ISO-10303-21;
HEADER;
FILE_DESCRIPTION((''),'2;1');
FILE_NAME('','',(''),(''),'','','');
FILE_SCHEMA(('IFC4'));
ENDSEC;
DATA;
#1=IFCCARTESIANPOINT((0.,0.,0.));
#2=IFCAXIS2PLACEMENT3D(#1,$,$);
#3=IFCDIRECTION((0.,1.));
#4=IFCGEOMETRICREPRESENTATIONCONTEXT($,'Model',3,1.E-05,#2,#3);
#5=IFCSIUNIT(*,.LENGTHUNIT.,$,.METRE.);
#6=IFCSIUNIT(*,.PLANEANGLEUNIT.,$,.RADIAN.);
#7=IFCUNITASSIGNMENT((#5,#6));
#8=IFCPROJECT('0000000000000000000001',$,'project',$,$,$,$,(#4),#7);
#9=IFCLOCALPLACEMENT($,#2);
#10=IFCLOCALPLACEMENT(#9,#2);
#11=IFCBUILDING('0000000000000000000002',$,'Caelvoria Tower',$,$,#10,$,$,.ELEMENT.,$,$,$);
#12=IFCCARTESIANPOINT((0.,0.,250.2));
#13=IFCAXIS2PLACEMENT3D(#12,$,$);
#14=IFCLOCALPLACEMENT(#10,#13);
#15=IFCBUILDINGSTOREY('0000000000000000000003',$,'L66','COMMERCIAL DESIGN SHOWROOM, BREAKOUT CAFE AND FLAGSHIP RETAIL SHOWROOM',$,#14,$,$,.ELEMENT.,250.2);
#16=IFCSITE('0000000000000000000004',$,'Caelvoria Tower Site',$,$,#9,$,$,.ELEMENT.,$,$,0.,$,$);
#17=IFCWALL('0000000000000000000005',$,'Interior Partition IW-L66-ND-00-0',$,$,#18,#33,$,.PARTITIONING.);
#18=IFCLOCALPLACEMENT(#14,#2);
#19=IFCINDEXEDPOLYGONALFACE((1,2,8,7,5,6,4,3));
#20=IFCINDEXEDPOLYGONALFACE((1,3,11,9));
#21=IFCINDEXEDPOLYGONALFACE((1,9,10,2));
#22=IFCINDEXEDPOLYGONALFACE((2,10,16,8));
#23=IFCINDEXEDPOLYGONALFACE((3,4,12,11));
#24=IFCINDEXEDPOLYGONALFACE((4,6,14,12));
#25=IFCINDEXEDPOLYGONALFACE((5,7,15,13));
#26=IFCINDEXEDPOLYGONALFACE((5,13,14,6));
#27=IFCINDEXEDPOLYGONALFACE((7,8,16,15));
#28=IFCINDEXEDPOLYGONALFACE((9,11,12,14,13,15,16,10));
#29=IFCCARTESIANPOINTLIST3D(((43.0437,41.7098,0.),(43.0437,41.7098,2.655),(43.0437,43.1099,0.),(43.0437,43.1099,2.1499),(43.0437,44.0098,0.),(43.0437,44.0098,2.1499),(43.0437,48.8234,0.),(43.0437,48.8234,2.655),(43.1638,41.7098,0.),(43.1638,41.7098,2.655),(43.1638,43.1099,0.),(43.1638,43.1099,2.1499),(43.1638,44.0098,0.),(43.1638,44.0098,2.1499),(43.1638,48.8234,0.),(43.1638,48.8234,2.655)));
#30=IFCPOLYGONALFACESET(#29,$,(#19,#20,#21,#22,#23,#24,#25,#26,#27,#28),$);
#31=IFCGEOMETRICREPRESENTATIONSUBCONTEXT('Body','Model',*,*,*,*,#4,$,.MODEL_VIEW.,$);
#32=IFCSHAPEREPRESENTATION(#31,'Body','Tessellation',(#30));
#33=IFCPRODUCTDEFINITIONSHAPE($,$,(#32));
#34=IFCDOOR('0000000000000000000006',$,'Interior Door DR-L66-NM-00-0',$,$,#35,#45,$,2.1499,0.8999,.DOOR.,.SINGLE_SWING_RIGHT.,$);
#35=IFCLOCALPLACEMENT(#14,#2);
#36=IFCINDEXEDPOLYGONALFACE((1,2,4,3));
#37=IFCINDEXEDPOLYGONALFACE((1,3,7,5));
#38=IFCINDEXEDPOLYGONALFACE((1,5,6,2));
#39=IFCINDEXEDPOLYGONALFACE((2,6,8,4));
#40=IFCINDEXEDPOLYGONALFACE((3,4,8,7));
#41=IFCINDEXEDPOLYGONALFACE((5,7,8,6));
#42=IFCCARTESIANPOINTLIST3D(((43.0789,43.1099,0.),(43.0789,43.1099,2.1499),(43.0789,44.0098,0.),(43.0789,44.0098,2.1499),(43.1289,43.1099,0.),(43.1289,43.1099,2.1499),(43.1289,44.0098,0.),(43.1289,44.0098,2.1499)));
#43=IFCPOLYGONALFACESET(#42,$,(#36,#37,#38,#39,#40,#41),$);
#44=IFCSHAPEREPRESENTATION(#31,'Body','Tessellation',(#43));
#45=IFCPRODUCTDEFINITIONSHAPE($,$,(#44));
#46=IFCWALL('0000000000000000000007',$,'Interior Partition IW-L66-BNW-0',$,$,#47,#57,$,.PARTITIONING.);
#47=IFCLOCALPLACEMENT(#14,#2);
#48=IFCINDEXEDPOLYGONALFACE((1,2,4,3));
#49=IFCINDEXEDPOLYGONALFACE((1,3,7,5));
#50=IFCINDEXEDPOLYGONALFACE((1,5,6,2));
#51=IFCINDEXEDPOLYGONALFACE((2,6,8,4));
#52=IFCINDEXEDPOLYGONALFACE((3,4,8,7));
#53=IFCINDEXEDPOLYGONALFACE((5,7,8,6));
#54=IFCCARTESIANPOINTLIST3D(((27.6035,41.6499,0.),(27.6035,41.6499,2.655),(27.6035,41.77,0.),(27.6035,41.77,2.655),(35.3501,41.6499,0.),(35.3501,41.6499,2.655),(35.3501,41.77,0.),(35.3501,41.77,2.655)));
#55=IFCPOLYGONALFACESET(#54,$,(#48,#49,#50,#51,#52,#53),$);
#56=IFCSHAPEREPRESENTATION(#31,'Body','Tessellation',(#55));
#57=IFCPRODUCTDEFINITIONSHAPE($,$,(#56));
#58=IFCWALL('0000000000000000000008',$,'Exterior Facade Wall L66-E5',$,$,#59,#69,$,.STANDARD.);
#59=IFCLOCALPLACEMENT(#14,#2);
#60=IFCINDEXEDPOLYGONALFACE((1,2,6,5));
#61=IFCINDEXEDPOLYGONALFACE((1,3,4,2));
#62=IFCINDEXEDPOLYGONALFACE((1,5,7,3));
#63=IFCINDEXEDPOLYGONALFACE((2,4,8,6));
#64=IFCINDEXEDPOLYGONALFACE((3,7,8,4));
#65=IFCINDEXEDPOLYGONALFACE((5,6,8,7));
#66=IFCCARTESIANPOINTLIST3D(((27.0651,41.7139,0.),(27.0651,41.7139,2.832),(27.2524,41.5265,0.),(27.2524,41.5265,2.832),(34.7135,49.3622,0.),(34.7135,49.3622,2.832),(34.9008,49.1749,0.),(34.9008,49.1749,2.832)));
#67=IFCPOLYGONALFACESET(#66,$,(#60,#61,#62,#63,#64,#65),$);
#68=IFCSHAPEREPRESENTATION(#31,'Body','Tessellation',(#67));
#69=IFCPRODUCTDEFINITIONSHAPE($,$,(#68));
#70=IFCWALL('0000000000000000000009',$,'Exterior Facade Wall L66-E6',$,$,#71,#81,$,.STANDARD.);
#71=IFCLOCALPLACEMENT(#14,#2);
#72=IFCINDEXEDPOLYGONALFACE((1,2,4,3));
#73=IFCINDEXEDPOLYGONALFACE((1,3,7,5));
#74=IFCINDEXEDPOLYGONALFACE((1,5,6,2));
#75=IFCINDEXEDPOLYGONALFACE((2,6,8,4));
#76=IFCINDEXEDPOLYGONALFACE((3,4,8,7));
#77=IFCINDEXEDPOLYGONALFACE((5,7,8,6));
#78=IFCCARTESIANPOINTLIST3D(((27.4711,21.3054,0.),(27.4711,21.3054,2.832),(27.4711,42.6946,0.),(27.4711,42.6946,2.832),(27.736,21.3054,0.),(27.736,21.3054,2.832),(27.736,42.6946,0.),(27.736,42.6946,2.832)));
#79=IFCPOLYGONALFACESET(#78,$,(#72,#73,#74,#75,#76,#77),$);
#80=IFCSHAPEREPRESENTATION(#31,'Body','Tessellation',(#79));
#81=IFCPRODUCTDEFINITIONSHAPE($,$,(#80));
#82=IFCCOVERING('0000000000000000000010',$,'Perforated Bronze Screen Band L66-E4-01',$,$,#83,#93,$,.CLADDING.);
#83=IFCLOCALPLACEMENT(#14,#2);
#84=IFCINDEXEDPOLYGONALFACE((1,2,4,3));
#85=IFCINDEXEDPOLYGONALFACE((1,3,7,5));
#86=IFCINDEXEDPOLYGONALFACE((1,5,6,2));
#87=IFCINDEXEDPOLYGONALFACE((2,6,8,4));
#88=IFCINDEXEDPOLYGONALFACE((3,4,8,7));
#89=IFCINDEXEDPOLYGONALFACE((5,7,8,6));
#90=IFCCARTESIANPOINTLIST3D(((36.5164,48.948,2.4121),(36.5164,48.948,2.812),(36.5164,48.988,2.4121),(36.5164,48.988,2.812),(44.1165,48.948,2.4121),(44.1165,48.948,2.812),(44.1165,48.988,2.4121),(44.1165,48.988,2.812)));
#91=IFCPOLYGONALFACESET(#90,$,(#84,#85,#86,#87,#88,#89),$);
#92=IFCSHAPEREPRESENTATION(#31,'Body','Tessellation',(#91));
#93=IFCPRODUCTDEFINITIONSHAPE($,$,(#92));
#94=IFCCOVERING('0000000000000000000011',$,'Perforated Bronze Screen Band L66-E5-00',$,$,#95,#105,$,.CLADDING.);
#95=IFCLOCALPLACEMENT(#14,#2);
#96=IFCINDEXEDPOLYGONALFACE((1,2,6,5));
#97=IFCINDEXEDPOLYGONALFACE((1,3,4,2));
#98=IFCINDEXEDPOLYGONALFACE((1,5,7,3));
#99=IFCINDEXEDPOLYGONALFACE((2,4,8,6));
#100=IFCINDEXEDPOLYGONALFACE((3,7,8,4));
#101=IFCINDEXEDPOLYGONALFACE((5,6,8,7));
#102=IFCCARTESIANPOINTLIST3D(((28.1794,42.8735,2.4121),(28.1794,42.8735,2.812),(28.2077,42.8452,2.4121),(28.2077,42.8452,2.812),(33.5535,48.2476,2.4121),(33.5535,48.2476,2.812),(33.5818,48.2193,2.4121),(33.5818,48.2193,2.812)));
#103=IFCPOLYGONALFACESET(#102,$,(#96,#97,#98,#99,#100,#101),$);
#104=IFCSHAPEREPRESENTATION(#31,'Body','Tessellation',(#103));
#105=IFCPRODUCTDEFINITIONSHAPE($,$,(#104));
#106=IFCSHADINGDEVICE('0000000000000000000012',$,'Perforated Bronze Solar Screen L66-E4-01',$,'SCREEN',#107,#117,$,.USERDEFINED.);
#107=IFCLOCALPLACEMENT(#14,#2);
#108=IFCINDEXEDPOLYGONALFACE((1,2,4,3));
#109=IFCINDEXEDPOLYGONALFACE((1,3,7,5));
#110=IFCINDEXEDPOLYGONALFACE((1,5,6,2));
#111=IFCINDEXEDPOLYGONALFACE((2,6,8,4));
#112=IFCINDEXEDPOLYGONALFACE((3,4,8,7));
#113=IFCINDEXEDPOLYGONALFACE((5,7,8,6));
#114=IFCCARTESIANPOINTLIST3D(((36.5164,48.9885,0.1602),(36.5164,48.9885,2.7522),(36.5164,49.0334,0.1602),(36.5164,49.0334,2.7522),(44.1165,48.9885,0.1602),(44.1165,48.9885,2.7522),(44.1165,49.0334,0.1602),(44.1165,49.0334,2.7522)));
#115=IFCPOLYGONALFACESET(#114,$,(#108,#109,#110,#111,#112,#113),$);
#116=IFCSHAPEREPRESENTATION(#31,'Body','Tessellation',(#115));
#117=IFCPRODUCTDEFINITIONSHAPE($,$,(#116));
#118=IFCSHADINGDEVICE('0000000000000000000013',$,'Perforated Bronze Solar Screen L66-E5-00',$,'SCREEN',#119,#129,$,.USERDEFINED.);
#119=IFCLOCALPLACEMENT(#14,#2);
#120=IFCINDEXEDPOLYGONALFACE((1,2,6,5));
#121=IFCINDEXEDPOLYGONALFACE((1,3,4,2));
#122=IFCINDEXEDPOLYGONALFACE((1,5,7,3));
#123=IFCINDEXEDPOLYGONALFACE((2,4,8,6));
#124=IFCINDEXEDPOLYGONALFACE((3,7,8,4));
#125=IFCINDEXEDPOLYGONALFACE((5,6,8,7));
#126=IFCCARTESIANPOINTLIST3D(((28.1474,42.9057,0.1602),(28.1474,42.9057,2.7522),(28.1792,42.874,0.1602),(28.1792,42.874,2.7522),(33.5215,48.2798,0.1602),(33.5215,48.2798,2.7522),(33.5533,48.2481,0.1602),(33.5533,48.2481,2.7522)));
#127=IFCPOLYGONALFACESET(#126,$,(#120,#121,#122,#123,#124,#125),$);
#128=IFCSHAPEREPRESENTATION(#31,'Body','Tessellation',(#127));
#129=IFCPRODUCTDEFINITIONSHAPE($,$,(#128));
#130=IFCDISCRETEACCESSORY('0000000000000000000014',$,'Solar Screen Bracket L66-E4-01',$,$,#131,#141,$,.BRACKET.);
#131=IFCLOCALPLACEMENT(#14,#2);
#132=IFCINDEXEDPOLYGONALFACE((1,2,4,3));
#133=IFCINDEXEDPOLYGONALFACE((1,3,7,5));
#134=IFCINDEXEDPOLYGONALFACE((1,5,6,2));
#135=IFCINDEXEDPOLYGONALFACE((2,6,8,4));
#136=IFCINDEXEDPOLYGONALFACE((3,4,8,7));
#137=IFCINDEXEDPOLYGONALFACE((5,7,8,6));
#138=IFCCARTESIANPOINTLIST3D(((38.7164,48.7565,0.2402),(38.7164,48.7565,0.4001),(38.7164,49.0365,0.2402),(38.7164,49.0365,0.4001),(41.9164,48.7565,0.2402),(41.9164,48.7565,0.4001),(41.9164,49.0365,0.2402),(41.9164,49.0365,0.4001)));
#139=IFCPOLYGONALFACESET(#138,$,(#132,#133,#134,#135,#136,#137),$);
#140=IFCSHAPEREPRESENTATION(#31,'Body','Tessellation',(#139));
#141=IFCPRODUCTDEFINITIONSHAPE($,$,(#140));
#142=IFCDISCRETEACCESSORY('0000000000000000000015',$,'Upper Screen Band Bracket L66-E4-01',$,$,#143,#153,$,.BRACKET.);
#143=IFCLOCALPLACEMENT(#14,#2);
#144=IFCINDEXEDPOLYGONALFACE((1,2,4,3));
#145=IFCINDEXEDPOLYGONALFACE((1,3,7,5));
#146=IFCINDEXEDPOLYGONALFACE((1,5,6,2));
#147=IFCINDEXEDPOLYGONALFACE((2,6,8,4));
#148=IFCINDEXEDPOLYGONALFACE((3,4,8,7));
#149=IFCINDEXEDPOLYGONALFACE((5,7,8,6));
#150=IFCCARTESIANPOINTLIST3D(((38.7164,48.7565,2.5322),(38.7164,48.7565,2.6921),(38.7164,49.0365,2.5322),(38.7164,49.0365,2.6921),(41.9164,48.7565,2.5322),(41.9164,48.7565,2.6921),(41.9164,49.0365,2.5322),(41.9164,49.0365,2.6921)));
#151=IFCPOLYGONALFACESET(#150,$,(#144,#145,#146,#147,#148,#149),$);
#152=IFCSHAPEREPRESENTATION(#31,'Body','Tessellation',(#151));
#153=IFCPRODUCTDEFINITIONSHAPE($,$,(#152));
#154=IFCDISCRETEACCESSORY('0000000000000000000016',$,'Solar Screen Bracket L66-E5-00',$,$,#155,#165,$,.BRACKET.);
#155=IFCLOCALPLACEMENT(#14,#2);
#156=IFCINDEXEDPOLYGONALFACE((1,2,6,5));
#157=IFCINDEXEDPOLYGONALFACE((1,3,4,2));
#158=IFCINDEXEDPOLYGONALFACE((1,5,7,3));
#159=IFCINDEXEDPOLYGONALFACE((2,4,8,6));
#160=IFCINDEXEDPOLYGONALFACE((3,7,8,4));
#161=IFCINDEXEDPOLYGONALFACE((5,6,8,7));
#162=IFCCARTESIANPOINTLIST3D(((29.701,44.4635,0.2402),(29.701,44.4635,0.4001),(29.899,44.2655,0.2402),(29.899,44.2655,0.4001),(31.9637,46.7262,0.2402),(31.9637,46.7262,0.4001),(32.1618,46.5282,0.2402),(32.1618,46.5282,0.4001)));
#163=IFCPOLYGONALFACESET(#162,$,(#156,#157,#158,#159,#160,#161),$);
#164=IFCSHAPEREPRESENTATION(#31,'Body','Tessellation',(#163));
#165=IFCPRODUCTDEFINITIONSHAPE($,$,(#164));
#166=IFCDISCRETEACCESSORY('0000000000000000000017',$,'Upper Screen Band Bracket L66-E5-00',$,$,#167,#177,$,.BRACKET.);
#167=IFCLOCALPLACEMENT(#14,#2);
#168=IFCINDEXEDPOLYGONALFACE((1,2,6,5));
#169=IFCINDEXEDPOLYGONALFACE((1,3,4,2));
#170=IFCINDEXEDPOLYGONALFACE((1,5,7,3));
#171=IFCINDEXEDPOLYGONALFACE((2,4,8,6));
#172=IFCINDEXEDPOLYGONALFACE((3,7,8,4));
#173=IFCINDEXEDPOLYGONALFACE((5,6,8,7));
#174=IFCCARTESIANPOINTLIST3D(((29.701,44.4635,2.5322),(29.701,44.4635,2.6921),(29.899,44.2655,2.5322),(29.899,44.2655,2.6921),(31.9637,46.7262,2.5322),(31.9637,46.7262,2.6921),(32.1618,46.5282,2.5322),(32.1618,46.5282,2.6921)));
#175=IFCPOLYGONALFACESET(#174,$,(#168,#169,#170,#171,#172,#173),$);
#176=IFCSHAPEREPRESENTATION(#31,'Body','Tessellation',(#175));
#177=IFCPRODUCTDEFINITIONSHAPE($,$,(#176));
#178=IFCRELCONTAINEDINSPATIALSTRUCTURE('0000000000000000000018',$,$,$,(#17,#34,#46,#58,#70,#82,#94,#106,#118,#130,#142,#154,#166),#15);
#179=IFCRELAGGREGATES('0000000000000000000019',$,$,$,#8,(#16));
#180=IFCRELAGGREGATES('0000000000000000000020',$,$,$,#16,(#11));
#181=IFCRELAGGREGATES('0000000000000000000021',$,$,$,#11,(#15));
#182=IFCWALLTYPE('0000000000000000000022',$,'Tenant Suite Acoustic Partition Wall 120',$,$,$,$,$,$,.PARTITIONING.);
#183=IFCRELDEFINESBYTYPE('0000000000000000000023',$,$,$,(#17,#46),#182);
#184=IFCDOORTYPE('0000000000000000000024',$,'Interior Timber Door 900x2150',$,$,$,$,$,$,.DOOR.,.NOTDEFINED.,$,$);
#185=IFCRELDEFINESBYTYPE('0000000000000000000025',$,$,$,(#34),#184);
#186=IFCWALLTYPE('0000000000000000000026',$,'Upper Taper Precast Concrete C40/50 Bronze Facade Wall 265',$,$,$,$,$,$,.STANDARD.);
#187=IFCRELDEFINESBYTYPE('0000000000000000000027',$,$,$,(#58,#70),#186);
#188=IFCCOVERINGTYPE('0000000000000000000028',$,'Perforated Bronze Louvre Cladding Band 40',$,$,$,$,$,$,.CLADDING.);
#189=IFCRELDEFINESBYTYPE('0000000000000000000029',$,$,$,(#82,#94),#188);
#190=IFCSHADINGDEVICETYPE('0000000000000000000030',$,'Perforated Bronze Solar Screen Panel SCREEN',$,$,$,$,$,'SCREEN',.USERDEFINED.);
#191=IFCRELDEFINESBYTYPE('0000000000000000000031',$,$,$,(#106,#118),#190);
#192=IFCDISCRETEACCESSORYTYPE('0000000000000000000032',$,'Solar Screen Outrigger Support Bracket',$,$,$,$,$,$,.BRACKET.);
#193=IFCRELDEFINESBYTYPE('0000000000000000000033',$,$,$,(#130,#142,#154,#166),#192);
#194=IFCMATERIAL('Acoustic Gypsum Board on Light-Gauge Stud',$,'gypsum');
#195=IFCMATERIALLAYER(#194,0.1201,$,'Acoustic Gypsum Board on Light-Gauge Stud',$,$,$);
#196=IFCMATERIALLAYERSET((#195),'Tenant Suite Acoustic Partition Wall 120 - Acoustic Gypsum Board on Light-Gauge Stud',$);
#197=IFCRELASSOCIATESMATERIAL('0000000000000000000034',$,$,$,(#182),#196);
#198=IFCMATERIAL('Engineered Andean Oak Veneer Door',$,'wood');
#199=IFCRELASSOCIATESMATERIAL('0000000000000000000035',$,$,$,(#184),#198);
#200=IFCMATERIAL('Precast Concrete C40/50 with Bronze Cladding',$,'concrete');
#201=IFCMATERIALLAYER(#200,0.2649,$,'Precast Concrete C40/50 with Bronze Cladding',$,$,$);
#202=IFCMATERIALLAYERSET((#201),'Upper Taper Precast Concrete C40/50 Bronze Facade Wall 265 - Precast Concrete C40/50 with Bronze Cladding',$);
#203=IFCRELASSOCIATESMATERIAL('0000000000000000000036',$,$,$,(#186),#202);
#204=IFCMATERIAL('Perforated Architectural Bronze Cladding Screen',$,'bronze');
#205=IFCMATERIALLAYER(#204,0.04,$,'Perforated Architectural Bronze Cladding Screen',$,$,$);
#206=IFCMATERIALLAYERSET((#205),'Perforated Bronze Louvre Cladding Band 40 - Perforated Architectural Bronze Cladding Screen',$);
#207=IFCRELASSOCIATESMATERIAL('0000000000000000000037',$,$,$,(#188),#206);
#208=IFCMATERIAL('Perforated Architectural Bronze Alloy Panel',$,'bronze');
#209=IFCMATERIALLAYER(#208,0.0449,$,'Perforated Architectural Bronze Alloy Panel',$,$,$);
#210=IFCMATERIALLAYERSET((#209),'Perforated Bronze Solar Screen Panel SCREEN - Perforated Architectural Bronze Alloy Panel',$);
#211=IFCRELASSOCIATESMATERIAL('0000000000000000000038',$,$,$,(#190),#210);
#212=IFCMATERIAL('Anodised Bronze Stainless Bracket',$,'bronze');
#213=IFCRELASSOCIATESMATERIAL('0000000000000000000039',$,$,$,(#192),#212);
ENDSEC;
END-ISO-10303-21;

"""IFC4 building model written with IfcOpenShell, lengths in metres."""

from ifc_helpers import new_model, si_unit, direction, frame, frame_2d, origin, origin_2d, place, context, subcontext, project, spatial, rectangle, extrude, material, layer, layer_set, type_object, element, fill, save


model = new_model("IFC4")

# Units and contexts
model_context = context("Model", 3, precision=1e-05, world=origin(), true_north=direction((0.0, 1.0)))
body_context = subcontext(model_context, "Body", "Model", "MODEL_VIEW")
ifc_project = project(units=[si_unit("LENGTHUNIT", "METRE"), si_unit("PLANEANGLEUNIT", "RADIAN")], contexts=[model_context])

# Site, building, storey
site_placement = place(None, origin())
site = spatial("IfcSite", under=ifc_project, at=site_placement, Name="Caelvoria Tower Site", CompositionType="ELEMENT", RefElevation=0.0)
building_placement = place(site_placement, origin())
building = spatial("IfcBuilding", under=site, at=building_placement, Name="Caelvoria Tower", CompositionType="ELEMENT")
storey_placement = place(building_placement, frame((0.0, 0.0, 250.2)))
storey = spatial("IfcBuildingStorey", under=building, at=storey_placement, Name="L66", Description="COMMERCIAL DESIGN SHOWROOM, BREAKOUT CAFE AND FLAGSHIP RETAIL SHOWROOM", CompositionType="ELEMENT", Elevation=250.2)

# Wall, opening, door
ifc_material_1 = material(Name="Acoustic Gypsum Board on Light-Gauge Stud", Category="gypsum")
ifc_layer_1 = layer(ifc_material_1, 0.1201, Name="Acoustic Gypsum Board on Light-Gauge Stud")
ifc_layer_set_1 = layer_set([ifc_layer_1], Name="Tenant Suite Acoustic Partition Wall 120 - Acoustic Gypsum Board on Light-Gauge Stud")
wall_type_1 = type_object("IfcWallType", Name="Tenant Suite Acoustic Partition Wall 120", PredefinedType="PARTITIONING", material=ifc_layer_set_1)
wall_1_placement = place(storey_placement, frame((43.1038, 41.71, 0.0), z_axis=(0.0, 0.0, 1.0), x_axis=(0.0, 1.0, 0.0)))
wall_1 = element("IfcWall", 1, at=wall_1_placement, inside=storey, type_object=wall_type_1, Name="Interior Partition IW-L66-ND-00-0", PredefinedType="PARTITIONING", context=body_context, shape_type="SweptSolid", body=[
    extrude(rectangle(XDim=7.1135, YDim=0.1201, at=frame_2d((3.5566, 0.0))), origin(), (0.0, 0.0, 1.0), 2.655),
])
opening_placement = place(wall_1_placement, frame((1.3999, 0.0, 0.0)))
opening = element("IfcOpeningElement", 2, at=opening_placement, cuts=wall_1, PredefinedType="OPENING", context=body_context, shape_type="SweptSolid", body=[
    extrude(rectangle(XDim=0.8999, YDim=2.1499, at=frame_2d((0.45, 1.075))), frame((0.0, 0.0701, 0.0), z_axis=(0.0, -1.0, 0.0), x_axis=(1.0, 0.0, 0.0)), (0.0, 0.0, 1.0), 0.1401),
])
ifc_material_2 = material(Name="Engineered Andean Oak Veneer Door", Category="wood")
door_type = type_object("IfcDoorType", Name="Interior Timber Door 900x2150", OperationType="NOTDEFINED", PredefinedType="DOOR", material=ifc_material_2)
door_placement = place(opening_placement, origin())
door = element("IfcDoor", 3, at=door_placement, inside=storey, type_object=door_type, Name="Interior Door DR-L66-NM-00-0", OperationType="SINGLE_SWING_RIGHT", OverallHeight=2.1499, OverallWidth=0.8999, PredefinedType="DOOR", context=body_context, shape_type="SweptSolid", body=[
    extrude(rectangle(XDim=0.8999, YDim=2.1499, at=frame_2d((0.45, 1.075))), frame((0.0, 0.0249, 0.0), z_axis=(0.0, -1.0, 0.0), x_axis=(1.0, 0.0, 0.0)), (0.0, 0.0, 1.0), 0.05),
])
fill(opening, door)

# Walls
wall_2_placement = place(storey_placement, frame((35.3501, 41.71, 0.0), z_axis=(0.0, 0.0, 1.0), x_axis=(-1.0, 0.0, 0.0)))
element("IfcWall", 4, at=wall_2_placement, inside=storey, type_object=wall_type_1, Name="Interior Partition IW-L66-BNW-0", PredefinedType="PARTITIONING", context=body_context, shape_type="SweptSolid", body=[
    extrude(rectangle(XDim=7.7466, YDim=0.1201, at=frame_2d((3.8733, 0.0))), origin(), (0.0, 0.0, 1.0), 2.655),
])
ifc_material_3 = material(Name="Precast Concrete C40/50 with Bronze Cladding", Category="concrete")
ifc_layer_2 = layer(ifc_material_3, 0.2649, Name="Precast Concrete C40/50 with Bronze Cladding")
ifc_layer_set_2 = layer_set([ifc_layer_2], Name="Upper Taper Precast Concrete C40/50 Bronze Facade Wall 265 - Precast Concrete C40/50 with Bronze Cladding")
wall_type_2 = type_object("IfcWallType", Name="Upper Taper Precast Concrete C40/50 Bronze Facade Wall 265", PredefinedType="STANDARD", material=ifc_layer_set_2)
wall_3_placement = place(storey_placement, frame((34.8071, 49.2686, 0.0), z_axis=(0.0, 0.0, 1.0), x_axis=(-0.707107, -0.707107, 0.0)))
element("IfcWall", 5, at=wall_3_placement, inside=storey, type_object=wall_type_2, Name="Exterior Facade Wall L66-E5", PredefinedType="STANDARD", context=body_context, shape_type="SweptSolid", body=[
    extrude(rectangle(XDim=10.8164, YDim=0.2649, at=frame_2d((5.4082, 0.0))), origin(), (0.0, 0.0, 1.0), 2.832),
])
wall_4_placement = place(storey_placement, frame((27.6035, 42.6946, 0.0), z_axis=(0.0, 0.0, 1.0), x_axis=(0.0, -1.0, 0.0)))
element("IfcWall", 6, at=wall_4_placement, inside=storey, type_object=wall_type_2, Name="Exterior Facade Wall L66-E6", PredefinedType="STANDARD", context=body_context, shape_type="SweptSolid", body=[
    extrude(rectangle(XDim=21.3892, YDim=0.2649, at=frame_2d((10.6946, 0.0))), origin(), (0.0, 0.0, 1.0), 2.832),
])

# Coverings
ifc_material_4 = material(Name="Perforated Architectural Bronze Cladding Screen", Category="bronze")
ifc_layer_3 = layer(ifc_material_4, 0.04, Name="Perforated Architectural Bronze Cladding Screen")
ifc_layer_set_3 = layer_set([ifc_layer_3], Name="Perforated Bronze Louvre Cladding Band 40 - Perforated Architectural Bronze Cladding Screen")
covering_type = type_object("IfcCoveringType", Name="Perforated Bronze Louvre Cladding Band 40", PredefinedType="CLADDING", material=ifc_layer_set_3)
for number, where, z_axis, x_axis, name in (
    (7, (40.3164, 48.968, 2.4121), (0.0, 0.0, 1.0), (-1.0, 0.0, 0.0), "Perforated Bronze Screen Band L66-E4-01"),
    (8, (30.8806, 45.5464, 2.4121), (0.0, 0.0, 1.0), (-0.707107, -0.707107, 0.0), "Perforated Bronze Screen Band L66-E5-00"),
):
    element("IfcCovering", number, at=place(storey_placement, frame(where, z_axis=z_axis, x_axis=x_axis)), inside=storey, type_object=covering_type, Name=name, PredefinedType="CLADDING", context=body_context, shape_type="SweptSolid", body=[
        extrude(rectangle(XDim=7.6001, YDim=0.04, at=origin_2d()), origin(), (0.0, 0.0, 1.0), 0.3999),
    ])

# Shading devices
ifc_material_5 = material(Name="Perforated Architectural Bronze Alloy Panel", Category="bronze")
ifc_layer_4 = layer(ifc_material_5, 0.0449, Name="Perforated Architectural Bronze Alloy Panel")
ifc_layer_set_4 = layer_set([ifc_layer_4], Name="Perforated Bronze Solar Screen Panel SCREEN - Perforated Architectural Bronze Alloy Panel")
shading_device_type = type_object("IfcShadingDeviceType", Name="Perforated Bronze Solar Screen Panel SCREEN", ElementType="SCREEN", PredefinedType="USERDEFINED", material=ifc_layer_set_4)
for number, where, z_axis, x_axis, name in (
    (9, (40.3164, 49.011, 0.1602), (0.0, 0.0, 1.0), (-1.0, 0.0, 0.0), "Perforated Bronze Solar Screen L66-E4-01"),
    (10, (30.8503, 45.5769, 0.1602), (0.0, 0.0, 1.0), (-0.707107, -0.707107, 0.0), "Perforated Bronze Solar Screen L66-E5-00"),
):
    element("IfcShadingDevice", number, at=place(storey_placement, frame(where, z_axis=z_axis, x_axis=x_axis)), inside=storey, type_object=shading_device_type, Name=name, ObjectType="SCREEN", PredefinedType="USERDEFINED", context=body_context, shape_type="SweptSolid", body=[
        extrude(rectangle(XDim=7.6001, YDim=0.0449, at=origin_2d()), origin(), (0.0, 0.0, 1.0), 2.592),
    ])

# Discrete accessories
ifc_material_6 = material(Name="Anodised Bronze Stainless Bracket", Category="bronze")
discrete_accessory_type = type_object("IfcDiscreteAccessoryType", Name="Solar Screen Outrigger Support Bracket", PredefinedType="BRACKET", material=ifc_material_6)
for number, where, z_axis, x_axis, name in (
    (11, (40.3164, 48.8965, 0.2402), (0.0, 0.0, 1.0), (-1.0, 0.0, 0.0), "Solar Screen Bracket L66-E4-01"),
    (12, (40.3164, 48.8965, 2.5322), (0.0, 0.0, 1.0), (-1.0, 0.0, 0.0), "Upper Screen Band Bracket L66-E4-01"),
    (13, (30.9314, 45.4958, 0.2402), (0.0, 0.0, 1.0), (-0.707107, -0.707107, 0.0), "Solar Screen Bracket L66-E5-00"),
    (14, (30.9314, 45.4958, 2.5322), (0.0, 0.0, 1.0), (-0.707107, -0.707107, 0.0), "Upper Screen Band Bracket L66-E5-00"),
):
    element("IfcDiscreteAccessory", number, at=place(storey_placement, frame(where, z_axis=z_axis, x_axis=x_axis)), inside=storey, type_object=discrete_accessory_type, Name=name, PredefinedType="BRACKET", context=body_context, shape_type="SweptSolid", body=[
        extrude(rectangle(XDim=3.2, YDim=0.28, at=origin_2d()), origin(), (0.0, 0.0, 1.0), 0.1599),
    ])

save(model, "model.ifc")
